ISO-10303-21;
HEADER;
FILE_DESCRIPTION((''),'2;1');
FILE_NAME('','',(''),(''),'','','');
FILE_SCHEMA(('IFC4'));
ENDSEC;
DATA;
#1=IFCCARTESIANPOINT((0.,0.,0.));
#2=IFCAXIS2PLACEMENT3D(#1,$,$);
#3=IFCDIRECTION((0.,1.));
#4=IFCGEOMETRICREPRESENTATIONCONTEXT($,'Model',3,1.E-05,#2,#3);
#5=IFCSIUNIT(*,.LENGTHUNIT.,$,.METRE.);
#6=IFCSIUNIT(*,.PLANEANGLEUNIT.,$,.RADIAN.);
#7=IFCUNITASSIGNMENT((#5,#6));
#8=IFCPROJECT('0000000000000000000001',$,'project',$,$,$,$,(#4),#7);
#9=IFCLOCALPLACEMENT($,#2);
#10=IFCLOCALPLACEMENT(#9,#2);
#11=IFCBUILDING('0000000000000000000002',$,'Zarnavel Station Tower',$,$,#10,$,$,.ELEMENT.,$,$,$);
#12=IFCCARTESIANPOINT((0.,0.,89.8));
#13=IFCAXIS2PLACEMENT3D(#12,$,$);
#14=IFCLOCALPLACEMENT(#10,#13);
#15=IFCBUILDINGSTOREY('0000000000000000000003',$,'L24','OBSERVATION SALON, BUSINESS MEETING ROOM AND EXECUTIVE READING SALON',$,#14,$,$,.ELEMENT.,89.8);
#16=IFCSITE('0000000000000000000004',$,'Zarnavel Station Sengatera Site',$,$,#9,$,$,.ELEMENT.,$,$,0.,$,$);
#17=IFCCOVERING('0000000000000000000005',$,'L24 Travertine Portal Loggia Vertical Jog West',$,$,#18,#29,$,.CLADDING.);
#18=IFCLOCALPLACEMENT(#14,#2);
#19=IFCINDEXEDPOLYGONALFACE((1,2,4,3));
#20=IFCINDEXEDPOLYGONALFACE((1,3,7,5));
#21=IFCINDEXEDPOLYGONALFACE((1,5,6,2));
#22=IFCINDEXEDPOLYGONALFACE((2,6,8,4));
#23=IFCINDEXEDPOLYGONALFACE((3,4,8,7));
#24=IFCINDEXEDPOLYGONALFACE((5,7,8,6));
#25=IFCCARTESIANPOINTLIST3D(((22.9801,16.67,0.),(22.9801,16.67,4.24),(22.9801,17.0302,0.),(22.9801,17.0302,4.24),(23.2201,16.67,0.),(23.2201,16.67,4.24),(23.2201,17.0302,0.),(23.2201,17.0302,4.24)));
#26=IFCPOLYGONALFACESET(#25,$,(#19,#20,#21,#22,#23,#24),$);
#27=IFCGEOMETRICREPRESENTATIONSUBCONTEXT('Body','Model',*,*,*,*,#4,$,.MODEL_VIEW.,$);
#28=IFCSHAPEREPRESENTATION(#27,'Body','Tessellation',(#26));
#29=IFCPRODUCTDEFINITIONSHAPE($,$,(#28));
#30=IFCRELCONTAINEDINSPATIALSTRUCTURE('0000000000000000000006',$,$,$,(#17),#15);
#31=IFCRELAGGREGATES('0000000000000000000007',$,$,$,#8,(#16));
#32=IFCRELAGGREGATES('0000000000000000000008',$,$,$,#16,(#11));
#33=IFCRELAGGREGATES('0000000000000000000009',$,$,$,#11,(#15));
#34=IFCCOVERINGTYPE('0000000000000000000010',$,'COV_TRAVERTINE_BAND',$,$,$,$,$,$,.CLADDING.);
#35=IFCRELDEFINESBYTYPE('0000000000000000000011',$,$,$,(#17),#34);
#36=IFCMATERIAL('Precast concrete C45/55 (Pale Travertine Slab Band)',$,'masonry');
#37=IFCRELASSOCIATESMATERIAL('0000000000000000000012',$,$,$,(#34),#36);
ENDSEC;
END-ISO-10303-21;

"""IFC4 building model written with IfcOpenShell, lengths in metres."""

from ifc_helpers import new_model, si_unit, direction, frame, origin, origin_2d, place, context, subcontext, project, spatial, rectangle, extrude, material, type_object, element, save


model = new_model("IFC4")

# Units and contexts
model_context = context("Model", 3, precision=1e-05, world=origin(), true_north=direction((0.0, 1.0)))
body_context = subcontext(model_context, "Body", "Model", "MODEL_VIEW")
ifc_project = project(units=[si_unit("LENGTHUNIT", "METRE"), si_unit("PLANEANGLEUNIT", "RADIAN")], contexts=[model_context])

# Site, building, storey
site_placement = place(None, origin())
site = spatial("IfcSite", under=ifc_project, at=site_placement, Name="Zarnavel Station Sengatera Site", CompositionType="ELEMENT", RefElevation=0.0)
building_placement = place(site_placement, origin())
building = spatial("IfcBuilding", under=site, at=building_placement, Name="Zarnavel Station Tower", CompositionType="ELEMENT")
storey_placement = place(building_placement, frame((0.0, 0.0, 89.8)))
storey = spatial("IfcBuildingStorey", under=building, at=storey_placement, Name="L24", Description="OBSERVATION SALON, BUSINESS MEETING ROOM AND EXECUTIVE READING SALON", CompositionType="ELEMENT", Elevation=89.8)

# Covering
ifc_material_1 = material(Name="Precast concrete C45/55 (Pale Travertine Slab Band)", Category="masonry")
covering_type = type_object("IfcCoveringType", Name="COV_TRAVERTINE_BAND", PredefinedType="CLADDING", material=ifc_material_1)
covering_placement = place(storey_placement, frame((23.1001, 16.8501, 0.0), z_axis=(0.0, 0.0, 1.0), x_axis=(1.0, 0.0, 0.0)))
element("IfcCovering", 1, at=covering_placement, inside=storey, type_object=covering_type, Name="L24 Travertine Portal Loggia Vertical Jog West", PredefinedType="CLADDING", context=body_context, shape_type="SweptSolid", body=[
    extrude(rectangle(XDim=0.24, YDim=0.3601, at=origin_2d()), origin(), (0.0, 0.0, 1.0), 4.24),
])

save(model, "model.ifc")
